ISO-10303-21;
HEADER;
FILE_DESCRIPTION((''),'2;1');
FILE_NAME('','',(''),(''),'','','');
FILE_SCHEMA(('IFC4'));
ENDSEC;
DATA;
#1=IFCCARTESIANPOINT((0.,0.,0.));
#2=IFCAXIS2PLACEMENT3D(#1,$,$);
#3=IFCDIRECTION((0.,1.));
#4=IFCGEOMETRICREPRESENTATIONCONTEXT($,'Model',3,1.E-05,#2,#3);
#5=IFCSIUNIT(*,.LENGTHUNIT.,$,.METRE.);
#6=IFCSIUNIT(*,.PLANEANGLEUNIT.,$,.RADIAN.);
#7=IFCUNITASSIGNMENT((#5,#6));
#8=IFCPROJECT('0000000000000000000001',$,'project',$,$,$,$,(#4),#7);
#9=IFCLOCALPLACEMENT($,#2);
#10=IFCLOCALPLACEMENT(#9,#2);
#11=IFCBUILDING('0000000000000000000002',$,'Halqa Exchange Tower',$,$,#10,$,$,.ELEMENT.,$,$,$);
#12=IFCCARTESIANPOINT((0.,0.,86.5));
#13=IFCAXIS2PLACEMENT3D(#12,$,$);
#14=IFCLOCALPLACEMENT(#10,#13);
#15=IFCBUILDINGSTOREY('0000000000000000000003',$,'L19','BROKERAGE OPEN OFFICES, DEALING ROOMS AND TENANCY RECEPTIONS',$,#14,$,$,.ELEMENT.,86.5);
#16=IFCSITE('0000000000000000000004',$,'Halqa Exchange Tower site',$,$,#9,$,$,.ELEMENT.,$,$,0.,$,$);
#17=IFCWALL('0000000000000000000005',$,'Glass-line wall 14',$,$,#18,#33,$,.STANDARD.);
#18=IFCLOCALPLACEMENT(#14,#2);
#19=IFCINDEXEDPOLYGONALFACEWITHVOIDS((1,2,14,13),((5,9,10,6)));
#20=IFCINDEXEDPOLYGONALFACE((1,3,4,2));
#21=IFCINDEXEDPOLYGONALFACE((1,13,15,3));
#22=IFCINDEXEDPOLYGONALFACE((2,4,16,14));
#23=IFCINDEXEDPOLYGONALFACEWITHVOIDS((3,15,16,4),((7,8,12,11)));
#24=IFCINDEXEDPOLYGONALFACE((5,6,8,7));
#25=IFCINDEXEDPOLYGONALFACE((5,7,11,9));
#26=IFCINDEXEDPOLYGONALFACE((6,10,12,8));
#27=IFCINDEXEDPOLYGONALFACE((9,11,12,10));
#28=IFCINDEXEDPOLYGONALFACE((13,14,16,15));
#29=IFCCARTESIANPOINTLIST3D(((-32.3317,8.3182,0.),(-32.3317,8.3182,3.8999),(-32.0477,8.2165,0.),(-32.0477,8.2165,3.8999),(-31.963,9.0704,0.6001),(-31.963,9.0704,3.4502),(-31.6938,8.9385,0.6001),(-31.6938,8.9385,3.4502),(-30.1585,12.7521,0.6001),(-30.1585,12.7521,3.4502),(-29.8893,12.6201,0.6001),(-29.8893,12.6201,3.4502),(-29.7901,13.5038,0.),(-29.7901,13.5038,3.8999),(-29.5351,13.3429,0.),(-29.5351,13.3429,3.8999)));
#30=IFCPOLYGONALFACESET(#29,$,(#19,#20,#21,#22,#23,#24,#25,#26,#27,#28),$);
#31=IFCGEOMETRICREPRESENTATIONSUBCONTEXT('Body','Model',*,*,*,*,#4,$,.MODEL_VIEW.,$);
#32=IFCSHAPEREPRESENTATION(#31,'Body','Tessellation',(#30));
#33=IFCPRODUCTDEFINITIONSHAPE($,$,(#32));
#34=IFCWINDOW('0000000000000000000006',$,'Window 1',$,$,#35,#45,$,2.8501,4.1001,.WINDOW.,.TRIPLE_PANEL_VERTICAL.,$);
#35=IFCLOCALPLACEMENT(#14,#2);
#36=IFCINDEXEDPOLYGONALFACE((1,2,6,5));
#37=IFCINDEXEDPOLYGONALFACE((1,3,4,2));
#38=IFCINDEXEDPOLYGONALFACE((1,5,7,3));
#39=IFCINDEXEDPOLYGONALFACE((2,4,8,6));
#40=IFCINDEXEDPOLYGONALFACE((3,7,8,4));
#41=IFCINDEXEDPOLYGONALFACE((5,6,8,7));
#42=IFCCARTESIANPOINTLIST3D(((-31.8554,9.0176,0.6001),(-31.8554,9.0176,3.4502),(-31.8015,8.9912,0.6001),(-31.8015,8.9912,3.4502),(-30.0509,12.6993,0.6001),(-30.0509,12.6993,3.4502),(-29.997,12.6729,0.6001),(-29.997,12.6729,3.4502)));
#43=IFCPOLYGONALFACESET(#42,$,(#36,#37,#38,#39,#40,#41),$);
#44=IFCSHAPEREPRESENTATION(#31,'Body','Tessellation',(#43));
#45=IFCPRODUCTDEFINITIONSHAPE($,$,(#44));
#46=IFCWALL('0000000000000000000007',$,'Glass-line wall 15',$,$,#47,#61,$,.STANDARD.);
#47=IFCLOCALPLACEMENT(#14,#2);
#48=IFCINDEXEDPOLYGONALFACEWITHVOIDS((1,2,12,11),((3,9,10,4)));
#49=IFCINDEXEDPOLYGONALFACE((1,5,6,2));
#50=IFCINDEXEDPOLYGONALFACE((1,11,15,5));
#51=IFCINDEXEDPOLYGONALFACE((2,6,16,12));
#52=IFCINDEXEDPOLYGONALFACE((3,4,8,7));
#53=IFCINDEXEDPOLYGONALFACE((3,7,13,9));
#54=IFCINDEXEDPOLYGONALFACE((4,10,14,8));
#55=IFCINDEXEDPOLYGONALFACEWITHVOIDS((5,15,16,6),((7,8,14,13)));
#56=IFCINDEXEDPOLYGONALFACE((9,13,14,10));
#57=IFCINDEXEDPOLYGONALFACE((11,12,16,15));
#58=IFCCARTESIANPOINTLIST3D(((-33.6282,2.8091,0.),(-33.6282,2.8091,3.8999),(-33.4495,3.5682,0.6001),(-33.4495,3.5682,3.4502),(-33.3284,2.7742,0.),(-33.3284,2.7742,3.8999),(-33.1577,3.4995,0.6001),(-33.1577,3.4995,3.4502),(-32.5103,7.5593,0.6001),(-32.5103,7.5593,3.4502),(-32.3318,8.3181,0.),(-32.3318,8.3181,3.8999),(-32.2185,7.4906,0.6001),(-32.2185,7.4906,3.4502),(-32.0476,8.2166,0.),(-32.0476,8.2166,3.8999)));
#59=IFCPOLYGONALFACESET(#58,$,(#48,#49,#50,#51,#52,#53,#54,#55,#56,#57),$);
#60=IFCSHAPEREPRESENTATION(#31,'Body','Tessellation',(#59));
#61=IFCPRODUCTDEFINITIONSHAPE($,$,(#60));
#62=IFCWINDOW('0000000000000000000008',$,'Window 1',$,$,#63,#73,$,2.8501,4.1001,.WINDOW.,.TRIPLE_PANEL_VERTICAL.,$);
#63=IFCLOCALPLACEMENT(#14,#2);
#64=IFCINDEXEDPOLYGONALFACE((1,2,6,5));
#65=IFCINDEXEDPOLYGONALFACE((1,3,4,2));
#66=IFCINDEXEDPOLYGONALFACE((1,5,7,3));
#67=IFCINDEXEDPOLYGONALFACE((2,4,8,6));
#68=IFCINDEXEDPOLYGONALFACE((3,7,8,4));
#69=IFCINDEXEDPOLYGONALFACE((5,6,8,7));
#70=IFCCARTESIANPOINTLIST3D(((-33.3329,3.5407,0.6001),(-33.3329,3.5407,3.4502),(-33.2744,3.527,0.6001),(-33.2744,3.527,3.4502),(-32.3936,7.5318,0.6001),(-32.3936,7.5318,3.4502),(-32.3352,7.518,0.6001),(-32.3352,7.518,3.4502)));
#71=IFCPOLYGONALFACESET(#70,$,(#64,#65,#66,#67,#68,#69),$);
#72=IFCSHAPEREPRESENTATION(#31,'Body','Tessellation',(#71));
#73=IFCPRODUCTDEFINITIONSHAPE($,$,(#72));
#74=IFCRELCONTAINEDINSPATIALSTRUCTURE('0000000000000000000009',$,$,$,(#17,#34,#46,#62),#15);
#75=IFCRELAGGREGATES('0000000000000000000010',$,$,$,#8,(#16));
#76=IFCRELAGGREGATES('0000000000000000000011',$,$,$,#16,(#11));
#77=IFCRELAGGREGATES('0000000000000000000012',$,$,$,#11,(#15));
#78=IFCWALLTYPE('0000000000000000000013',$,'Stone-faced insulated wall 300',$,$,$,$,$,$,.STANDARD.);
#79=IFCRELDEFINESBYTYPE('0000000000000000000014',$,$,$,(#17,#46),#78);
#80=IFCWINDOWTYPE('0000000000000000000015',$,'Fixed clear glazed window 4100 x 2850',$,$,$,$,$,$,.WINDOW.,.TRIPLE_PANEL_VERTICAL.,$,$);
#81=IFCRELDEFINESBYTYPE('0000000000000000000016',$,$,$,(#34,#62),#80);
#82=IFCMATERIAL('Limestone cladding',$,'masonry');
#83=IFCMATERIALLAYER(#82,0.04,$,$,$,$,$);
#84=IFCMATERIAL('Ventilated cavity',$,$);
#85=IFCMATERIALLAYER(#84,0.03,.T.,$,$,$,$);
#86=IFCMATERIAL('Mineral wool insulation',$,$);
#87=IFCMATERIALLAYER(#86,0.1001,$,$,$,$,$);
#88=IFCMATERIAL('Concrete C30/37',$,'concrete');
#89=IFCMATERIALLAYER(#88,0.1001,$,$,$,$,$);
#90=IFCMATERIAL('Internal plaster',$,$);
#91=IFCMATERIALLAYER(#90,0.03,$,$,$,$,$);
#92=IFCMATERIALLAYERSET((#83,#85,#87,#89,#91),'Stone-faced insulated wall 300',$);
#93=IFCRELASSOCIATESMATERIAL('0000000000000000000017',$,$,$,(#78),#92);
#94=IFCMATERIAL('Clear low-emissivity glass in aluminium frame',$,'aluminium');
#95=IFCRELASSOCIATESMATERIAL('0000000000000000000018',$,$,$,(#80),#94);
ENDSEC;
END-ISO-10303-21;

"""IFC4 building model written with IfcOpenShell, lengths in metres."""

from ifc_helpers import new_model, si_unit, direction, frame, frame_2d, origin, place, context, subcontext, project, spatial, polyline, rectangle, outline, extrude, material, layer, layer_set, type_object, element, fill, save


model = new_model("IFC4")

# Units and contexts
model_context = context("Model", 3, precision=1e-05, world=origin(), true_north=direction((0.0, 1.0)))
body_context = subcontext(model_context, "Body", "Model", "MODEL_VIEW")
ifc_project = project(units=[si_unit("LENGTHUNIT", "METRE"), si_unit("PLANEANGLEUNIT", "RADIAN")], contexts=[model_context])

# Site, building, storey
site_placement = place(None, origin())
site = spatial("IfcSite", under=ifc_project, at=site_placement, Name="Halqa Exchange Tower site", CompositionType="ELEMENT", RefElevation=0.0)
building_placement = place(site_placement, origin())
building = spatial("IfcBuilding", under=site, at=building_placement, Name="Halqa Exchange Tower", CompositionType="ELEMENT")
storey_placement = place(building_placement, frame((0.0, 0.0, 86.5)))
storey = spatial("IfcBuildingStorey", under=building, at=storey_placement, Name="L19", Description="BROKERAGE OPEN OFFICES, DEALING ROOMS AND TENANCY RECEPTIONS", CompositionType="ELEMENT", Elevation=86.5)

# Walls, openings, windows
ifc_material_1 = material(Name="Limestone cladding", Category="masonry")
ifc_layer_1 = layer(ifc_material_1, 0.04)
ifc_material_2 = material(Name="Ventilated cavity")
ifc_layer_2 = layer(ifc_material_2, 0.03, ventilated=True)
ifc_material_3 = material(Name="Mineral wool insulation")
ifc_layer_3 = layer(ifc_material_3, 0.1001)
ifc_material_4 = material(Name="Concrete C30/37", Category="concrete")
ifc_layer_4 = layer(ifc_material_4, 0.1001)
ifc_material_5 = material(Name="Internal plaster")
ifc_layer_5 = layer(ifc_material_5, 0.03)
ifc_layer_set_1 = layer_set([ifc_layer_1, ifc_layer_2, ifc_layer_3, ifc_layer_4, ifc_layer_5], Name="Stone-faced insulated wall 300")
wall_type_1 = type_object("IfcWallType", Name="Stone-faced insulated wall 300", PredefinedType="STANDARD", material=ifc_layer_set_1)
wall_1_placement = place(storey_placement, frame((-29.6626, 13.4233, 0.0), z_axis=(0.0, 0.0, 1.0), x_axis=(-0.440107, -0.897945, 0.0)))
wall_1 = element("IfcWall", 1, at=wall_1_placement, inside=storey, type_object=wall_type_1, Name="Glass-line wall 14", PredefinedType="STANDARD", context=body_context, shape_type="SweptSolid", body=[
    extrude(outline(polyline([(-0.0161, -0.1499), (5.7588, -0.1499), (5.7251, 0.1499), (0.0161, 0.1499), (-0.0161, -0.1499)])), origin(), (0.0, 0.0, 1.0), 3.8999),
])
opening_1_placement = place(wall_1_placement, frame((0.821, 0.0, 0.6001)))
opening_1 = element("IfcOpeningElement", 2, at=opening_1_placement, cuts=wall_1, PredefinedType="OPENING", context=body_context, shape_type="SweptSolid", body=[
    extrude(rectangle(XDim=4.1001, YDim=2.8501, at=frame_2d((2.05, 1.425))), frame((0.0, 0.1621, 0.0), z_axis=(0.0, -1.0, 0.0), x_axis=(1.0, 0.0, 0.0)), (0.0, 0.0, 1.0), 0.324),
])
ifc_material_6 = material(Name="Clear low-emissivity glass in aluminium frame", Category="aluminium")
window_type = type_object("IfcWindowType", Name="Fixed clear glazed window 4100 x 2850", PartitioningType="TRIPLE_PANEL_VERTICAL", PredefinedType="WINDOW", material=ifc_material_6)
window_1_placement = place(opening_1_placement, origin())
window_1 = element("IfcWindow", 3, at=window_1_placement, inside=storey, type_object=window_type, Name="Window 1", OverallHeight=2.8501, OverallWidth=4.1001, PartitioningType="TRIPLE_PANEL_VERTICAL", PredefinedType="WINDOW", context=body_context, shape_type="SweptSolid", body=[
    extrude(rectangle(XDim=4.1001, YDim=2.8501, at=frame_2d((2.05, 1.425))), frame((0.0, 0.03, 0.0), z_axis=(0.0, -1.0, 0.0), x_axis=(1.0, 0.0, 0.0)), (0.0, 0.0, 1.0), 0.0601),
])
fill(opening_1, window_1)
wall_2_placement = place(storey_placement, frame((-32.1897, 8.2673, 0.0), z_axis=(0.0, 0.0, 1.0), x_axis=(-0.229073, -0.973409, 0.0)))
wall_2 = element("IfcWall", 4, at=wall_2_placement, inside=storey, type_object=wall_type_1, Name="Glass-line wall 15", PredefinedType="STANDARD", context=body_context, shape_type="SweptSolid", body=[
    extrude(outline(polyline([(-0.0168, -0.1499), (5.6426, -0.1499), (5.6079, 0.1499), (0.0168, 0.1499), (-0.0168, -0.1499)])), origin(), (0.0, 0.0, 1.0), 3.8999),
])
opening_2_placement = place(wall_2_placement, frame((0.7627, 0.0, 0.6001)))
opening_2 = element("IfcOpeningElement", 5, at=opening_2_placement, cuts=wall_2, PredefinedType="OPENING", context=body_context, shape_type="SweptSolid", body=[
    extrude(rectangle(XDim=4.1001, YDim=2.8501, at=frame_2d((2.05, 1.425))), frame((0.0, 0.1621, 0.0), z_axis=(0.0, -1.0, 0.0), x_axis=(1.0, 0.0, 0.0)), (0.0, 0.0, 1.0), 0.324),
])
window_2_placement = place(opening_2_placement, origin())
window_2 = element("IfcWindow", 6, at=window_2_placement, inside=storey, type_object=window_type, Name="Window 1", OverallHeight=2.8501, OverallWidth=4.1001, PartitioningType="TRIPLE_PANEL_VERTICAL", PredefinedType="WINDOW", context=body_context, shape_type="SweptSolid", body=[
    extrude(rectangle(XDim=4.1001, YDim=2.8501, at=frame_2d((2.05, 1.425))), frame((0.0, 0.03, 0.0), z_axis=(0.0, -1.0, 0.0), x_axis=(1.0, 0.0, 0.0)), (0.0, 0.0, 1.0), 0.0601),
])
fill(opening_2, window_2)

save(model, "model.ifc")
